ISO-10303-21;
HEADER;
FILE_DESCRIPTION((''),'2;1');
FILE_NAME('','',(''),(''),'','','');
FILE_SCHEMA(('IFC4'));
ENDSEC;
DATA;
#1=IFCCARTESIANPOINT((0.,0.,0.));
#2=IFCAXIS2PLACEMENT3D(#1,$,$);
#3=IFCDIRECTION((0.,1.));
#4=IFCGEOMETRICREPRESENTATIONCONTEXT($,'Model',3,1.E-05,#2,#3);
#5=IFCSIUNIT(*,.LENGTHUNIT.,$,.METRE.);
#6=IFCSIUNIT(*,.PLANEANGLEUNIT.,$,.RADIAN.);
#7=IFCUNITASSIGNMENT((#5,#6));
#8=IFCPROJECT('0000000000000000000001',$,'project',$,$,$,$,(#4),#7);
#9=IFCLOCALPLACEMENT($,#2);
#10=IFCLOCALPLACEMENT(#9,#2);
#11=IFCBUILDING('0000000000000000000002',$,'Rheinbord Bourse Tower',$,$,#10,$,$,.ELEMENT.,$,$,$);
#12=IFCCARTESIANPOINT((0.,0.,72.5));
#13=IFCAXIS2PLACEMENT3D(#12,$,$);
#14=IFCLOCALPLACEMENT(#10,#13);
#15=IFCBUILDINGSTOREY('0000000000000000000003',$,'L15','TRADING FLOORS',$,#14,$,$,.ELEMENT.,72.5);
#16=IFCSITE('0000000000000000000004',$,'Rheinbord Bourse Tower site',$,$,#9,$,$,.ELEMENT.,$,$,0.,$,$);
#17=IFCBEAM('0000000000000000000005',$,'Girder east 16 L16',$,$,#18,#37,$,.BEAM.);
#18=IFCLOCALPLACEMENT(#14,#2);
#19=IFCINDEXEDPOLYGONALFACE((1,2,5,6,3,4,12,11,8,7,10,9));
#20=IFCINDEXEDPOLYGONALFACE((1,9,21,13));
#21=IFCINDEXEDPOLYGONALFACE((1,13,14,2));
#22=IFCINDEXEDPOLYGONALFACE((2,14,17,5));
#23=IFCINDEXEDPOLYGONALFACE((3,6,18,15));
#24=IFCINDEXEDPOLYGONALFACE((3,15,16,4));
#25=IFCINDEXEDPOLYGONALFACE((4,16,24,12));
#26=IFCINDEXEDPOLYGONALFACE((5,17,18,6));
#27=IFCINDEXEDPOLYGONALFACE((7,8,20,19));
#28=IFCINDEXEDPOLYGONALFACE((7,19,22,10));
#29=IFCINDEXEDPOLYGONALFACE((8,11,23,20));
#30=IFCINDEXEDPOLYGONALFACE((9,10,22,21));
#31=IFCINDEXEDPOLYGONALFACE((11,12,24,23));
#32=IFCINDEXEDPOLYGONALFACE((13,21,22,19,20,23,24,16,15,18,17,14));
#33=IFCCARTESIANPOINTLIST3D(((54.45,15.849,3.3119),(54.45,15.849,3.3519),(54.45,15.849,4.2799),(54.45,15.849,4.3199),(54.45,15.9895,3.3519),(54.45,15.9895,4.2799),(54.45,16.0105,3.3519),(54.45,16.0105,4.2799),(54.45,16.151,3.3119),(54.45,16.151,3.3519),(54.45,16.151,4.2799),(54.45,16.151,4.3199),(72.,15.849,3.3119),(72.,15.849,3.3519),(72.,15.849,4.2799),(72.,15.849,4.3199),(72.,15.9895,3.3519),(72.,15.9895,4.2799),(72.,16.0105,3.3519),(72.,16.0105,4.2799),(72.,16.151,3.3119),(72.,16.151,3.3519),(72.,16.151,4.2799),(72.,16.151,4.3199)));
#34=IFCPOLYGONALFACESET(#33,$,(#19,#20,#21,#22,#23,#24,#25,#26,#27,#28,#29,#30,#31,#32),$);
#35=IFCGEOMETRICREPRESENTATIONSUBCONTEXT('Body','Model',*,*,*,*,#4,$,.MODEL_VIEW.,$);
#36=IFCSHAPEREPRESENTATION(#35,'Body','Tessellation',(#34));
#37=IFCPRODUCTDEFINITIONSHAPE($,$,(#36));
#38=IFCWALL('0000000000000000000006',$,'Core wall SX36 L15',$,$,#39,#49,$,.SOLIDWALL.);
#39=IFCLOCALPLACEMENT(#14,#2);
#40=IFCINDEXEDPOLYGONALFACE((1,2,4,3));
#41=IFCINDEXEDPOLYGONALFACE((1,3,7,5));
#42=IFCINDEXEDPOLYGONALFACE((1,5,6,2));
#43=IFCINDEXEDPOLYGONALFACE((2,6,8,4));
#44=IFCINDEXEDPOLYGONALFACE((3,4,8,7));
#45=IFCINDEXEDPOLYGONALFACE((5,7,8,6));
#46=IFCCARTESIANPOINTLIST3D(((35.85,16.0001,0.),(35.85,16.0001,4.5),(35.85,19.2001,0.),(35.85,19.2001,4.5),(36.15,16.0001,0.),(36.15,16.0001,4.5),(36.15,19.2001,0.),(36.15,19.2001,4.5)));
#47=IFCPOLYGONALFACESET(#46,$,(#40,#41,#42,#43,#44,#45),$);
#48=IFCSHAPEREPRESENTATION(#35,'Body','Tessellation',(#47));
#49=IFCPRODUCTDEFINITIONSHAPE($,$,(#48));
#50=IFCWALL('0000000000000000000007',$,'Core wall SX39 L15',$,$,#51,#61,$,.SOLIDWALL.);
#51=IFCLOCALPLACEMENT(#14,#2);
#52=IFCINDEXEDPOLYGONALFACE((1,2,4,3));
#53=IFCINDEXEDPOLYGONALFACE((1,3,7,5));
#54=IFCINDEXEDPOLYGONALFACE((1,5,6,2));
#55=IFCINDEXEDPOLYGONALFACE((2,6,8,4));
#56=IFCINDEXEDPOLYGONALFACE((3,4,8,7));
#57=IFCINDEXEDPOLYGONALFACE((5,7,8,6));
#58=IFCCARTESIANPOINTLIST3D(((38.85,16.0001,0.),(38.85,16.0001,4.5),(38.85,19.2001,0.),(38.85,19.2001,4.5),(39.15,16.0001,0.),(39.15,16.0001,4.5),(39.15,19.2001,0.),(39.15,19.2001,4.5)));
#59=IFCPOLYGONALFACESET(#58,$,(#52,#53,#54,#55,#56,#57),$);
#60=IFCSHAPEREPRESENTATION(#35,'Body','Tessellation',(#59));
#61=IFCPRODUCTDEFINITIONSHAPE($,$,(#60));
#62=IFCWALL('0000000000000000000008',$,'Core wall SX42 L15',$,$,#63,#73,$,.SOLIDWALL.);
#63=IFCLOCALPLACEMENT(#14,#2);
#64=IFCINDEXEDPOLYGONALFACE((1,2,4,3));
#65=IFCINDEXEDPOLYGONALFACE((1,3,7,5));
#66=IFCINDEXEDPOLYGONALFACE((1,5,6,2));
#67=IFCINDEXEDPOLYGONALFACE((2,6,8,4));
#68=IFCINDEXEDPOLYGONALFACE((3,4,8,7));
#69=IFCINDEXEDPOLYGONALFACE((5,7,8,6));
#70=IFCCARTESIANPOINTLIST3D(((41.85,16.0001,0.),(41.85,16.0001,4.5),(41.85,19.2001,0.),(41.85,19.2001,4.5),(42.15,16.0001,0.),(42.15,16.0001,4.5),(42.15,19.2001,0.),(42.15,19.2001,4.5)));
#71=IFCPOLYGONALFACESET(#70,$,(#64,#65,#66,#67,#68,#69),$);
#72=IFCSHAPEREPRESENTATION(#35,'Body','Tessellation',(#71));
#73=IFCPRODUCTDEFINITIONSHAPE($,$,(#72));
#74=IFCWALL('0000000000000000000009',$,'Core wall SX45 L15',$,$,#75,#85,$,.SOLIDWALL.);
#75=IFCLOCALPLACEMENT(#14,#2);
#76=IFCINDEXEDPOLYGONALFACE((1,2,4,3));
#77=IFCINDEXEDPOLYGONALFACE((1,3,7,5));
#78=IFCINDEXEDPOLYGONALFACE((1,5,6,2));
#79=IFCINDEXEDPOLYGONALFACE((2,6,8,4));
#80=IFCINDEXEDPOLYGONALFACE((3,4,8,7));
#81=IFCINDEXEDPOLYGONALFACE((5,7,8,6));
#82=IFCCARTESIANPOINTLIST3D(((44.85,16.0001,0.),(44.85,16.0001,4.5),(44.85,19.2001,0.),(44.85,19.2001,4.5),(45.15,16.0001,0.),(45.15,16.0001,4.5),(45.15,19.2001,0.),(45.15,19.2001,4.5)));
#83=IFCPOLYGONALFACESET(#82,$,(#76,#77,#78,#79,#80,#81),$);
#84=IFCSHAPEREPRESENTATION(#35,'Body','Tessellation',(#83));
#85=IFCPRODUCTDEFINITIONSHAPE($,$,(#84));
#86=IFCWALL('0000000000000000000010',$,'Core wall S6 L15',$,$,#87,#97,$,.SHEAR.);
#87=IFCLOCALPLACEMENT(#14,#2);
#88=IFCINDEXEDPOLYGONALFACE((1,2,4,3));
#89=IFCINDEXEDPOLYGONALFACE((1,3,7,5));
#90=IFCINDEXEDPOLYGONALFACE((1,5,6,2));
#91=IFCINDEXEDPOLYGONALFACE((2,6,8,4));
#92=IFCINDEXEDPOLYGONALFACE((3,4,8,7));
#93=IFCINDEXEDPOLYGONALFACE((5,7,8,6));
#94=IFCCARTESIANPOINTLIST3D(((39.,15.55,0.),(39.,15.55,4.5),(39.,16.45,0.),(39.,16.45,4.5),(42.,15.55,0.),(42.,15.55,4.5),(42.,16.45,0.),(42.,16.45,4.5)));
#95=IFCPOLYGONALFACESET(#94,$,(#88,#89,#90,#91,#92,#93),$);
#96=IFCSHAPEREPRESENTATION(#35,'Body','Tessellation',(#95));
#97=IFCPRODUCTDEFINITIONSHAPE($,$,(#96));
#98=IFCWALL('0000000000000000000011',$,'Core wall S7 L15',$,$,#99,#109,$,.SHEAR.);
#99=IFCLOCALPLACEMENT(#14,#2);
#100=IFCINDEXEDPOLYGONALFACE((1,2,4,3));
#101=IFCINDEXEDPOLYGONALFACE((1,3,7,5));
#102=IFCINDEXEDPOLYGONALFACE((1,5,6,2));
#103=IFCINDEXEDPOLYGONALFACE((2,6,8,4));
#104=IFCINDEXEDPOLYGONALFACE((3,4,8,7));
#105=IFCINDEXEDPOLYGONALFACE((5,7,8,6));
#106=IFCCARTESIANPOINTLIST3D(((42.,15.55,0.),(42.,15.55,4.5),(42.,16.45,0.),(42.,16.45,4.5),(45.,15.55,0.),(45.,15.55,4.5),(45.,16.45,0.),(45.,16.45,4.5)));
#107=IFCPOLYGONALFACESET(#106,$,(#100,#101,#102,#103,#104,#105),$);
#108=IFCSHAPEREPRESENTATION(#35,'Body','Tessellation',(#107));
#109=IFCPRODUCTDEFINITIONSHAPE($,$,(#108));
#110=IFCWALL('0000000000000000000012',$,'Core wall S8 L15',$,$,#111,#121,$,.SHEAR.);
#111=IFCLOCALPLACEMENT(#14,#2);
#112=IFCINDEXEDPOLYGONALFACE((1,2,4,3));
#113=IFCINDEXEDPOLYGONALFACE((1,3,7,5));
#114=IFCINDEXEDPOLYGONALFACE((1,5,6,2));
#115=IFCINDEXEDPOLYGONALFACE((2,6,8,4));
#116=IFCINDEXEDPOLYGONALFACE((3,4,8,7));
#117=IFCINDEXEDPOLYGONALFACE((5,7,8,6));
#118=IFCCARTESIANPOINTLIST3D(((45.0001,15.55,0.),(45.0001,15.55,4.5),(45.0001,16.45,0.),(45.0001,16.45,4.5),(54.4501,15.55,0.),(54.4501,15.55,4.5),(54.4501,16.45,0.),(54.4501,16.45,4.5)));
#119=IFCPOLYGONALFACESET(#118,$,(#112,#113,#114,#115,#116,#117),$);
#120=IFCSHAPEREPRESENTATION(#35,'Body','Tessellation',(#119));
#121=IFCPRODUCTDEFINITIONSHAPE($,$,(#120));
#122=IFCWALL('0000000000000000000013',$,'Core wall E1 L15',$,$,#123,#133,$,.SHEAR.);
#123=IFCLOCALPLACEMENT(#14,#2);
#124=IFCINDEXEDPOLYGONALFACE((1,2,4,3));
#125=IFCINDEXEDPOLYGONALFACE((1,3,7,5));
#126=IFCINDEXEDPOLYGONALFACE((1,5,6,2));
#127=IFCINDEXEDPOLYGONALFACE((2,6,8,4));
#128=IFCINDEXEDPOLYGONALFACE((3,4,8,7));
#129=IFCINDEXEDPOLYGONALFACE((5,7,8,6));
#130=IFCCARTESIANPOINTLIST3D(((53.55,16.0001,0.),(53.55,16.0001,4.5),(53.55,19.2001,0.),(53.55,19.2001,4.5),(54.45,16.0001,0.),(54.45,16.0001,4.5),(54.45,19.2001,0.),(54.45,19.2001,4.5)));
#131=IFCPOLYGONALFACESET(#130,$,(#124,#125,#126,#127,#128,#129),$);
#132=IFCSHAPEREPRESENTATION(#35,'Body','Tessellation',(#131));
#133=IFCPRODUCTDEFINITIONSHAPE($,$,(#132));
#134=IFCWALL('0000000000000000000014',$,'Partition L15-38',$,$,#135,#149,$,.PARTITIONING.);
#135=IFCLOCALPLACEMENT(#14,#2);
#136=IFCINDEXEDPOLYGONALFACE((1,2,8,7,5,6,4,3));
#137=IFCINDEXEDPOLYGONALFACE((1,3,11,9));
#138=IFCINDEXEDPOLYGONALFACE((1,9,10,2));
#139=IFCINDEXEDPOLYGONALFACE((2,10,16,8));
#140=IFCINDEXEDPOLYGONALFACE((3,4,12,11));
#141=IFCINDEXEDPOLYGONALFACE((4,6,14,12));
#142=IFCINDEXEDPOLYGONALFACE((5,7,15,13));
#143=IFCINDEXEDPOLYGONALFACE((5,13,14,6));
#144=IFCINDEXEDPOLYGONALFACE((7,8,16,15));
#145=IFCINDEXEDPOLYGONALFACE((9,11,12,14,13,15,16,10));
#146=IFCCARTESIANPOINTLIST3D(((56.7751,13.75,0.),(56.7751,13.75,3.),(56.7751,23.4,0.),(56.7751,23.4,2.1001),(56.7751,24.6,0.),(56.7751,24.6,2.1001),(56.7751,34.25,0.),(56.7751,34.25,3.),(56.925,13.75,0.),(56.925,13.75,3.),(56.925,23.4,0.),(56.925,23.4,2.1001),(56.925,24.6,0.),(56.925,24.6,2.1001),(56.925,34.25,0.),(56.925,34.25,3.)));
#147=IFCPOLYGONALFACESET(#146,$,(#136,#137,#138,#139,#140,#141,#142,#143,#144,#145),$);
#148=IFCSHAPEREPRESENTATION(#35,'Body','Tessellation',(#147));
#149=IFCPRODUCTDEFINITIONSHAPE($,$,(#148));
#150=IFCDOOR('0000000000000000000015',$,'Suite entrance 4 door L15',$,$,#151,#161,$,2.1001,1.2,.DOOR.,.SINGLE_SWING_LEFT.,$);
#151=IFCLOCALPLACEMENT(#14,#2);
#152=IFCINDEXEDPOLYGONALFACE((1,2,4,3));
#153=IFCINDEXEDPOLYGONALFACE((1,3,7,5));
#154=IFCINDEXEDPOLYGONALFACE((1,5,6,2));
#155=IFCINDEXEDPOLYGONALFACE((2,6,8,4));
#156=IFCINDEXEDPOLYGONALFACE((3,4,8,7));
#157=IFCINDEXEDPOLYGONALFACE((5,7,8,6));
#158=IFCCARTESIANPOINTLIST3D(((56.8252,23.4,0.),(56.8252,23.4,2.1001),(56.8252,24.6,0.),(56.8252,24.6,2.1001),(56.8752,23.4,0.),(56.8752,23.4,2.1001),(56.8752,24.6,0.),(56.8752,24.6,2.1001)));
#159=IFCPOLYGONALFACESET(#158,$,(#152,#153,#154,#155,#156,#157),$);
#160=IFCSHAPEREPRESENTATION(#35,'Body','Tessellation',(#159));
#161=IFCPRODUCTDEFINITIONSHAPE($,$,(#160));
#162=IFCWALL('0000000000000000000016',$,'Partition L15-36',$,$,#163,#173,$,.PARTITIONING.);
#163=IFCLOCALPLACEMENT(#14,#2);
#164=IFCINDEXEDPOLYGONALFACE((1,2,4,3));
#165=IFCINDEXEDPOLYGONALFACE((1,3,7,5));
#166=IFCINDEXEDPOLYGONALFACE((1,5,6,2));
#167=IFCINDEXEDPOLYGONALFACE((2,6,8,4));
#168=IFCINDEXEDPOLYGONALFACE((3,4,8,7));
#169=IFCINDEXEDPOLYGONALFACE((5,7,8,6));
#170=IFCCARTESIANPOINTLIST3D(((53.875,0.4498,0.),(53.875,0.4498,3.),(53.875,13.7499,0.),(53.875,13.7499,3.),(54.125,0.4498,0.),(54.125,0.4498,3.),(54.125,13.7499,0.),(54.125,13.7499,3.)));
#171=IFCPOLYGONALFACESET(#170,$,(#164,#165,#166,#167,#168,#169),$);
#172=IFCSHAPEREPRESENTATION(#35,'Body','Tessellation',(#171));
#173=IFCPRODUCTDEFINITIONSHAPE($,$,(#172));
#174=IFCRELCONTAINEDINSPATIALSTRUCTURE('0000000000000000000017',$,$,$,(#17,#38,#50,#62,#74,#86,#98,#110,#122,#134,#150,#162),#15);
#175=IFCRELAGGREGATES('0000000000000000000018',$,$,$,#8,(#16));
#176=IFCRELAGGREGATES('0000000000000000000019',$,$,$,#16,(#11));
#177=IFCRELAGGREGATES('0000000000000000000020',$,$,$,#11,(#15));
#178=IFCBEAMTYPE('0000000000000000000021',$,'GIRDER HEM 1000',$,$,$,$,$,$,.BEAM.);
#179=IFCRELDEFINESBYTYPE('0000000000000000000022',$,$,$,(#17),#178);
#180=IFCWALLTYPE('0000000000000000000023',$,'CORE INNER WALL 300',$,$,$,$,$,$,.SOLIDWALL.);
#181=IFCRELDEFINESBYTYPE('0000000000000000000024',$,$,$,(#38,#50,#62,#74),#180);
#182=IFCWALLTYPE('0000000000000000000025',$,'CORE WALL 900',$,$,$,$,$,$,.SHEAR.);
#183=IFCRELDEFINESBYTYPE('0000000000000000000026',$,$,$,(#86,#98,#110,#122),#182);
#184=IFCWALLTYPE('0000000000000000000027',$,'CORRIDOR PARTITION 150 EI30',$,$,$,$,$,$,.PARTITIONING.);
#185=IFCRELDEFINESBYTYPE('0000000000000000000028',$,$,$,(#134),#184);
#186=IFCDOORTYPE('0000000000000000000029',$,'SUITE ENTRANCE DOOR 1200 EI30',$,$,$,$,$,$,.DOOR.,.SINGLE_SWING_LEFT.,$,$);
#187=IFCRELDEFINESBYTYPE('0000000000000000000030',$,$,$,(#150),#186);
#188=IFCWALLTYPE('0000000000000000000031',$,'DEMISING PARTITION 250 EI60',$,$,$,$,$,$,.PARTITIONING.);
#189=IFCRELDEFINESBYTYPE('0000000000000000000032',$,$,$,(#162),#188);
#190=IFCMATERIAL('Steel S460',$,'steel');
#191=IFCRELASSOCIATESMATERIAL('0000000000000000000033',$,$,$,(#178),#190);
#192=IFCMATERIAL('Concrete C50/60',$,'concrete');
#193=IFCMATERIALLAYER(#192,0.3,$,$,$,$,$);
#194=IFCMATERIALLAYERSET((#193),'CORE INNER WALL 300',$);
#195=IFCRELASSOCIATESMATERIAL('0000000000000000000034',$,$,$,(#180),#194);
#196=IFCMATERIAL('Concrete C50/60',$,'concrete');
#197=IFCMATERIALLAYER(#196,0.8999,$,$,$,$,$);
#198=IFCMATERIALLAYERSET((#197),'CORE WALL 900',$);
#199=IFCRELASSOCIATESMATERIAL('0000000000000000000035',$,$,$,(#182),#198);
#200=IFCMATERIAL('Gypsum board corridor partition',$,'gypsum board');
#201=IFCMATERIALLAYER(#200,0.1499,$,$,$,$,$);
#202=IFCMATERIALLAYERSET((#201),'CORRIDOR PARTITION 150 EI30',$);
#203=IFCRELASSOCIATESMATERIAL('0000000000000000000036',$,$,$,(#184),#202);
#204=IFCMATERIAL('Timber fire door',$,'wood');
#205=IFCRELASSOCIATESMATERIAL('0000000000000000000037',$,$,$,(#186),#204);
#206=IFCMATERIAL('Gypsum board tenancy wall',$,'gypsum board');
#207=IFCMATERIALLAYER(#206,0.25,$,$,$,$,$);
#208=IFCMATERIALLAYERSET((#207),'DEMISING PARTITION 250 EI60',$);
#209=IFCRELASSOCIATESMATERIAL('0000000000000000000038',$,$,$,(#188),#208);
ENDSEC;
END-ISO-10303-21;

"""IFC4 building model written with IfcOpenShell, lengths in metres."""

from ifc_helpers import new_model, si_unit, direction, frame, frame_2d, origin, origin_2d, place, context, subcontext, project, spatial, rectangle, i_section, extrude, material, layer, layer_set, material_profile, profile_set, type_object, element, fill, save


model = new_model("IFC4")

# Units and contexts
model_context = context("Model", 3, precision=1e-05, world=origin(), true_north=direction((0.0, 1.0)))
body_context = subcontext(model_context, "Body", "Model", "MODEL_VIEW")
ifc_project = project(units=[si_unit("LENGTHUNIT", "METRE"), si_unit("PLANEANGLEUNIT", "RADIAN")], contexts=[model_context])

# Site, building, storey
site_placement = place(None, origin())
site = spatial("IfcSite", under=ifc_project, at=site_placement, Name="Rheinbord Bourse Tower site", CompositionType="ELEMENT", RefElevation=0.0)
building_placement = place(site_placement, origin())
building = spatial("IfcBuilding", under=site, at=building_placement, Name="Rheinbord Bourse Tower", CompositionType="ELEMENT")
storey_placement = place(building_placement, frame((0.0, 0.0, 72.5)))
storey = spatial("IfcBuildingStorey", under=building, at=storey_placement, Name="L15", Description="TRADING FLOORS", CompositionType="ELEMENT", Elevation=72.5)

# Beam
ifc_material_1 = material(Name="Steel S460", Category="steel")
ifc_material_profile = material_profile(ifc_material_1, i_section(OverallWidth=0.302, OverallDepth=1.0081, WebThickness=0.021, FlangeThickness=0.04, at=origin_2d()), Name="HEM 1000")
ifc_profile_set = profile_set([ifc_material_profile], Name="Steel S460")
beam_type = type_object("IfcBeamType", Name="GIRDER HEM 1000", PredefinedType="BEAM", material=ifc_profile_set)
beam_placement = place(storey_placement, frame((54.45, 16.0, 3.8159), z_axis=(1.0, 0.0, 0.0), x_axis=(0.0, 1.0, 0.0)))
element("IfcBeam", 1, at=beam_placement, inside=storey, type_object=beam_type, Name="Girder east 16 L16", PredefinedType="BEAM", context=body_context, shape_type="SweptSolid", body=[
    extrude(i_section(OverallWidth=0.302, OverallDepth=1.0081, WebThickness=0.021, FlangeThickness=0.04, at=origin_2d()), origin(), (0.0, 0.0, 1.0), 17.55),
])

# Walls
ifc_material_2 = material(Name="Concrete C50/60", Category="concrete")
ifc_layer_1 = layer(ifc_material_2, 0.3)
ifc_layer_set_1 = layer_set([ifc_layer_1], Name="CORE INNER WALL 300")
wall_type_1 = type_object("IfcWallType", Name="CORE INNER WALL 300", PredefinedType="SOLIDWALL", material=ifc_layer_set_1)
for number, where, z_axis, x_axis, name in (
    (2, (36.0, 16.0, 0.0), (0.0, 0.0, 1.0), (0.0, 1.0, 0.0), "Core wall SX36 L15"),
    (3, (39.0, 16.0, 0.0), (0.0, 0.0, 1.0), (0.0, 1.0, 0.0), "Core wall SX39 L15"),
    (4, (42.0, 16.0, 0.0), (0.0, 0.0, 1.0), (0.0, 1.0, 0.0), "Core wall SX42 L15"),
    (5, (45.0, 16.0, 0.0), (0.0, 0.0, 1.0), (0.0, 1.0, 0.0), "Core wall SX45 L15"),
):
    element("IfcWall", number, at=place(storey_placement, frame(where, z_axis=z_axis, x_axis=x_axis)), inside=storey, type_object=wall_type_1, Name=name, PredefinedType="SOLIDWALL", context=body_context, shape_type="SweptSolid", body=[
        extrude(rectangle(XDim=3.2, YDim=0.3, at=frame_2d((1.6001, 0.0))), origin(), (0.0, 0.0, 1.0), 4.5),
    ])
ifc_material_3 = material(Name="Concrete C50/60", Category="concrete")
ifc_layer_2 = layer(ifc_material_3, 0.8999)
ifc_layer_set_2 = layer_set([ifc_layer_2], Name="CORE WALL 900")
wall_type_2 = type_object("IfcWallType", Name="CORE WALL 900", PredefinedType="SHEAR", material=ifc_layer_set_2)
for number, where, z_axis, x_axis, name in (
    (6, (39.0, 16.0, 0.0), (0.0, 0.0, 1.0), (1.0, 0.0, 0.0), "Core wall S6 L15"),
    (7, (42.0, 16.0, 0.0), (0.0, 0.0, 1.0), (1.0, 0.0, 0.0), "Core wall S7 L15"),
):
    element("IfcWall", number, at=place(storey_placement, frame(where, z_axis=z_axis, x_axis=x_axis)), inside=storey, type_object=wall_type_2, Name=name, PredefinedType="SHEAR", context=body_context, shape_type="SweptSolid", body=[
        extrude(rectangle(XDim=3.0, YDim=0.8999, at=frame_2d((1.5, 0.0))), origin(), (0.0, 0.0, 1.0), 4.5),
    ])
wall_1_placement = place(storey_placement, frame((45.0, 16.0, 0.0), z_axis=(0.0, 0.0, 1.0), x_axis=(1.0, 0.0, 0.0)))
element("IfcWall", 8, at=wall_1_placement, inside=storey, type_object=wall_type_2, Name="Core wall S8 L15", PredefinedType="SHEAR", context=body_context, shape_type="SweptSolid", body=[
    extrude(rectangle(XDim=9.45, YDim=0.8999, at=frame_2d((4.7251, 0.0))), origin(), (0.0, 0.0, 1.0), 4.5),
])
wall_2_placement = place(storey_placement, frame((54.0, 16.0, 0.0), z_axis=(0.0, 0.0, 1.0), x_axis=(0.0, 1.0, 0.0)))
element("IfcWall", 9, at=wall_2_placement, inside=storey, type_object=wall_type_2, Name="Core wall E1 L15", PredefinedType="SHEAR", context=body_context, shape_type="SweptSolid", body=[
    extrude(rectangle(XDim=3.2, YDim=0.8999, at=frame_2d((1.6001, 0.0))), origin(), (0.0, 0.0, 1.0), 4.5),
])

# Wall, opening, door
ifc_material_4 = material(Name="Gypsum board corridor partition", Category="gypsum board")
ifc_layer_3 = layer(ifc_material_4, 0.1499)
ifc_layer_set_3 = layer_set([ifc_layer_3], Name="CORRIDOR PARTITION 150 EI30")
wall_type_3 = type_object("IfcWallType", Name="CORRIDOR PARTITION 150 EI30", PredefinedType="PARTITIONING", material=ifc_layer_set_3)
wall_3_placement = place(storey_placement, frame((56.8501, 13.75, 0.0), z_axis=(0.0, 0.0, 1.0), x_axis=(0.0, 1.0, 0.0)))
wall_3 = element("IfcWall", 10, at=wall_3_placement, inside=storey, type_object=wall_type_3, Name="Partition L15-38", PredefinedType="PARTITIONING", context=body_context, shape_type="SweptSolid", body=[
    extrude(rectangle(XDim=20.5, YDim=0.1499, at=frame_2d((10.25, 0.0))), origin(), (0.0, 0.0, 1.0), 3.0),
])
opening_1_placement = place(wall_3_placement, frame((9.6499, 0.0, 0.0)))
opening_1 = element("IfcOpeningElement", 11, at=opening_1_placement, cuts=wall_3, PredefinedType="OPENING", context=body_context, shape_type="SweptSolid", body=[
    extrude(rectangle(XDim=1.2, YDim=2.1001, at=frame_2d((0.6001, 1.05))), frame((0.0, 0.085, 0.0), z_axis=(0.0, -1.0, 0.0), x_axis=(1.0, 0.0, 0.0)), (0.0, 0.0, 1.0), 0.1699),
])
ifc_material_5 = material(Name="Timber fire door", Category="wood")
door_type_1 = type_object("IfcDoorType", Name="SUITE ENTRANCE DOOR 1200 EI30", OperationType="SINGLE_SWING_LEFT", PredefinedType="DOOR", material=ifc_material_5)
door_1_placement = place(opening_1_placement, origin())
door_1 = element("IfcDoor", 12, at=door_1_placement, inside=storey, type_object=door_type_1, Name="Suite entrance 4 door L15", OperationType="SINGLE_SWING_LEFT", OverallHeight=2.1001, OverallWidth=1.2, PredefinedType="DOOR", context=body_context, shape_type="SweptSolid", body=[
    extrude(rectangle(XDim=1.2, YDim=2.1001, at=frame_2d((0.6001, 1.05))), frame((0.0, 0.0249, 0.0), z_axis=(0.0, -1.0, 0.0), x_axis=(1.0, 0.0, 0.0)), (0.0, 0.0, 1.0), 0.05),
])
fill(opening_1, door_1)

# Wall
ifc_material_6 = material(Name="Gypsum board tenancy wall", Category="gypsum board")
ifc_layer_4 = layer(ifc_material_6, 0.25)
ifc_layer_set_4 = layer_set([ifc_layer_4], Name="DEMISING PARTITION 250 EI60")
wall_type_4 = type_object("IfcWallType", Name="DEMISING PARTITION 250 EI60", PredefinedType="PARTITIONING", material=ifc_layer_set_4)
wall_4_placement = place(storey_placement, frame((54.0, 0.45, 0.0), z_axis=(0.0, 0.0, 1.0), x_axis=(0.0, 1.0, 0.0)))
element("IfcWall", 13, at=wall_4_placement, inside=storey, type_object=wall_type_4, Name="Partition L15-36", PredefinedType="PARTITIONING", context=body_context, shape_type="SweptSolid", body=[
    extrude(rectangle(XDim=13.3, YDim=0.25, at=frame_2d((6.6499, 0.0))), origin(), (0.0, 0.0, 1.0), 3.0),
])

save(model, "model.ifc")
